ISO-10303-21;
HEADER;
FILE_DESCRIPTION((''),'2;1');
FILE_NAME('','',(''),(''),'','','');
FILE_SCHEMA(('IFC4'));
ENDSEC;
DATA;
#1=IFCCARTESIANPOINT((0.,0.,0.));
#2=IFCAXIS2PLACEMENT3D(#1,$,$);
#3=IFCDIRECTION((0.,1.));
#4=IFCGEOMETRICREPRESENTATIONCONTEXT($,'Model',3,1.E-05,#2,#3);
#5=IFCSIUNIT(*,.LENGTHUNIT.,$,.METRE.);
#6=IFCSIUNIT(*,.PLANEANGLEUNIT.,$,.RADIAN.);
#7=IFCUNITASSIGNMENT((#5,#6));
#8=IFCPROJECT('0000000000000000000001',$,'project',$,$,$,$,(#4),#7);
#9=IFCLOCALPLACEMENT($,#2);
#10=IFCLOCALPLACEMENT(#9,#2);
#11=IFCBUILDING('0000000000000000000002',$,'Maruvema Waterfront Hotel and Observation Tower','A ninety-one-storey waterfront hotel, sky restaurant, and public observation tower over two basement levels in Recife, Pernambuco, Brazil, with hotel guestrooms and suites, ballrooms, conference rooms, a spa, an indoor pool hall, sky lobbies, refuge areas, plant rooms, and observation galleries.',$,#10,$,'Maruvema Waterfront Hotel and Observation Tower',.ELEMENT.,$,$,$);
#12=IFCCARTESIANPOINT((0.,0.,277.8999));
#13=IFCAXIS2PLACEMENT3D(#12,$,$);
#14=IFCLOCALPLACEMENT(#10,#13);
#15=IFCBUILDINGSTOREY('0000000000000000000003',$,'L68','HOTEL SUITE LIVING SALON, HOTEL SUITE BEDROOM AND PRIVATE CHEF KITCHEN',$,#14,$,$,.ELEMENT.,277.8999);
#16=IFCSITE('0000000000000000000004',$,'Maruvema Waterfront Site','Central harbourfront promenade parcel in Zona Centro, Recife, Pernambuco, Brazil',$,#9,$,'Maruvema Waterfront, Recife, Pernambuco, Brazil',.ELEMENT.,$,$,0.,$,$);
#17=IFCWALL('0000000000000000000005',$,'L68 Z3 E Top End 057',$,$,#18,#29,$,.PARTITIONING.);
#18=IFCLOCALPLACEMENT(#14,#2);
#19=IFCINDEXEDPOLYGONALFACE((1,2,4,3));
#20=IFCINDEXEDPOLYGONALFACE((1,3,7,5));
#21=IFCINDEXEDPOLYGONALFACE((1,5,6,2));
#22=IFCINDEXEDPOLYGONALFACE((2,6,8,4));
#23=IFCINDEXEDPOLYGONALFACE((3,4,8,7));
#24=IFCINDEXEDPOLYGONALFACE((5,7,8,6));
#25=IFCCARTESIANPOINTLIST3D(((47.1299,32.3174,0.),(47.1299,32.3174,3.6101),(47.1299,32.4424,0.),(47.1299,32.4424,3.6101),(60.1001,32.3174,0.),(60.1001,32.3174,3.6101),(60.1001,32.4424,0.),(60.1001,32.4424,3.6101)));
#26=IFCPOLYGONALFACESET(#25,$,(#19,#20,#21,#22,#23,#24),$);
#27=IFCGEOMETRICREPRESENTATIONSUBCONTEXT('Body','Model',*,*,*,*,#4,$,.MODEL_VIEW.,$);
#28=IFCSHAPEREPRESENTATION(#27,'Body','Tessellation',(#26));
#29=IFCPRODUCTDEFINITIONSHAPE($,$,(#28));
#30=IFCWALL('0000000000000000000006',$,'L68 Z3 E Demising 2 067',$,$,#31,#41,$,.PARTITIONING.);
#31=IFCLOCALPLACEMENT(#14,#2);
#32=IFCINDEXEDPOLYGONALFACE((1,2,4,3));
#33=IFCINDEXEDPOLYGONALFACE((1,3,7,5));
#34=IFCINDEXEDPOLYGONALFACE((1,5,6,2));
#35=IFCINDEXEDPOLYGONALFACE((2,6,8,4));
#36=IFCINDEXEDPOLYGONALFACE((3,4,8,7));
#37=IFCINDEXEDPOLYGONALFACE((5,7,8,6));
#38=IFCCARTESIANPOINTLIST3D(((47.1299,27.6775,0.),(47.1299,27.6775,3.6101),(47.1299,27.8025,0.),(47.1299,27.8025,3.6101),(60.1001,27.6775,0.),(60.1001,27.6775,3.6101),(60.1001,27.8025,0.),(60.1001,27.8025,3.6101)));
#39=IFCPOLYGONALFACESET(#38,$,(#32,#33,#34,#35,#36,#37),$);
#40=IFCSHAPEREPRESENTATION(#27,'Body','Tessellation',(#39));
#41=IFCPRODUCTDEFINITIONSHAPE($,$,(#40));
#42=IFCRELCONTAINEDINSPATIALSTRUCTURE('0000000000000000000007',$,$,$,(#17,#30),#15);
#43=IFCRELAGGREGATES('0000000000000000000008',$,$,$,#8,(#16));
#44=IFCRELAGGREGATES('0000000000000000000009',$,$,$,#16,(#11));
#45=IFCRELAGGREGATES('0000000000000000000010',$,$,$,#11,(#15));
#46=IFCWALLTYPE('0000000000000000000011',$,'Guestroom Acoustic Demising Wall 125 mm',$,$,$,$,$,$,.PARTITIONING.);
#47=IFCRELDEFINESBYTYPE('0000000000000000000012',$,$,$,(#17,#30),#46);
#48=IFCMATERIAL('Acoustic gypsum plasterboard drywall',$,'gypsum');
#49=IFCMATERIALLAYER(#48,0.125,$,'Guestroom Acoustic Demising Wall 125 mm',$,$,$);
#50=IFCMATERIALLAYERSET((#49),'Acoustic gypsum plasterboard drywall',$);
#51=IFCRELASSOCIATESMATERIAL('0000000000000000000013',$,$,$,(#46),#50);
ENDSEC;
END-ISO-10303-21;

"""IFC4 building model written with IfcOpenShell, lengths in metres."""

from ifc_helpers import new_model, si_unit, direction, frame, frame_2d, origin, place, context, subcontext, project, spatial, rectangle, extrude, material, layer, layer_set, type_object, element, save


model = new_model("IFC4")

# Units and contexts
model_context = context("Model", 3, precision=1e-05, world=origin(), true_north=direction((0.0, 1.0)))
body_context = subcontext(model_context, "Body", "Model", "MODEL_VIEW")
ifc_project = project(units=[si_unit("LENGTHUNIT", "METRE"), si_unit("PLANEANGLEUNIT", "RADIAN")], contexts=[model_context])

# Site, building, storey
site_placement = place(None, origin())
site = spatial("IfcSite", under=ifc_project, at=site_placement, Name="Maruvema Waterfront Site", Description="Central harbourfront promenade parcel in Zona Centro, Recife, Pernambuco, Brazil", LongName="Maruvema Waterfront, Recife, Pernambuco, Brazil", CompositionType="ELEMENT", RefElevation=0.0)
building_placement = place(site_placement, origin())
building = spatial("IfcBuilding", under=site, at=building_placement, Name="Maruvema Waterfront Hotel and Observation Tower", Description="A ninety-one-storey waterfront hotel, sky restaurant, and public observation tower over two basement levels in Recife, Pernambuco, Brazil, with hotel guestrooms and suites, ballrooms, conference rooms, a spa, an indoor pool hall, sky lobbies, refuge areas, plant rooms, and observation galleries.", LongName="Maruvema Waterfront Hotel and Observation Tower", CompositionType="ELEMENT")
storey_placement = place(building_placement, frame((0.0, 0.0, 277.8999)))
storey = spatial("IfcBuildingStorey", under=building, at=storey_placement, Name="L68", Description="HOTEL SUITE LIVING SALON, HOTEL SUITE BEDROOM AND PRIVATE CHEF KITCHEN", CompositionType="ELEMENT", Elevation=277.8999)

# Walls
ifc_material_1 = material(Name="Acoustic gypsum plasterboard drywall", Category="gypsum")
ifc_layer_1 = layer(ifc_material_1, 0.125, Name="Guestroom Acoustic Demising Wall 125 mm")
ifc_layer_set_1 = layer_set([ifc_layer_1], Name="Acoustic gypsum plasterboard drywall")
wall_type_1 = type_object("IfcWallType", Name="Guestroom Acoustic Demising Wall 125 mm", PredefinedType="PARTITIONING", material=ifc_layer_set_1)
for number, where, z_axis, x_axis, name in (
    (1, (47.1299, 32.3799, 0.0), (0.0, 0.0, 1.0), (1.0, 0.0, 0.0), "L68 Z3 E Top End 057"),
    (2, (47.1299, 27.74, 0.0), (0.0, 0.0, 1.0), (1.0, 0.0, 0.0), "L68 Z3 E Demising 2 067"),
):
    element("IfcWall", number, at=place(storey_placement, frame(where, z_axis=z_axis, x_axis=x_axis)), inside=storey, type_object=wall_type_1, Name=name, PredefinedType="PARTITIONING", context=body_context, shape_type="SweptSolid", body=[
        extrude(rectangle(XDim=12.9702, YDim=0.125, at=frame_2d((6.4851, 0.0))), origin(), (0.0, 0.0, 1.0), 3.6101),
    ])

save(model, "model.ifc")
